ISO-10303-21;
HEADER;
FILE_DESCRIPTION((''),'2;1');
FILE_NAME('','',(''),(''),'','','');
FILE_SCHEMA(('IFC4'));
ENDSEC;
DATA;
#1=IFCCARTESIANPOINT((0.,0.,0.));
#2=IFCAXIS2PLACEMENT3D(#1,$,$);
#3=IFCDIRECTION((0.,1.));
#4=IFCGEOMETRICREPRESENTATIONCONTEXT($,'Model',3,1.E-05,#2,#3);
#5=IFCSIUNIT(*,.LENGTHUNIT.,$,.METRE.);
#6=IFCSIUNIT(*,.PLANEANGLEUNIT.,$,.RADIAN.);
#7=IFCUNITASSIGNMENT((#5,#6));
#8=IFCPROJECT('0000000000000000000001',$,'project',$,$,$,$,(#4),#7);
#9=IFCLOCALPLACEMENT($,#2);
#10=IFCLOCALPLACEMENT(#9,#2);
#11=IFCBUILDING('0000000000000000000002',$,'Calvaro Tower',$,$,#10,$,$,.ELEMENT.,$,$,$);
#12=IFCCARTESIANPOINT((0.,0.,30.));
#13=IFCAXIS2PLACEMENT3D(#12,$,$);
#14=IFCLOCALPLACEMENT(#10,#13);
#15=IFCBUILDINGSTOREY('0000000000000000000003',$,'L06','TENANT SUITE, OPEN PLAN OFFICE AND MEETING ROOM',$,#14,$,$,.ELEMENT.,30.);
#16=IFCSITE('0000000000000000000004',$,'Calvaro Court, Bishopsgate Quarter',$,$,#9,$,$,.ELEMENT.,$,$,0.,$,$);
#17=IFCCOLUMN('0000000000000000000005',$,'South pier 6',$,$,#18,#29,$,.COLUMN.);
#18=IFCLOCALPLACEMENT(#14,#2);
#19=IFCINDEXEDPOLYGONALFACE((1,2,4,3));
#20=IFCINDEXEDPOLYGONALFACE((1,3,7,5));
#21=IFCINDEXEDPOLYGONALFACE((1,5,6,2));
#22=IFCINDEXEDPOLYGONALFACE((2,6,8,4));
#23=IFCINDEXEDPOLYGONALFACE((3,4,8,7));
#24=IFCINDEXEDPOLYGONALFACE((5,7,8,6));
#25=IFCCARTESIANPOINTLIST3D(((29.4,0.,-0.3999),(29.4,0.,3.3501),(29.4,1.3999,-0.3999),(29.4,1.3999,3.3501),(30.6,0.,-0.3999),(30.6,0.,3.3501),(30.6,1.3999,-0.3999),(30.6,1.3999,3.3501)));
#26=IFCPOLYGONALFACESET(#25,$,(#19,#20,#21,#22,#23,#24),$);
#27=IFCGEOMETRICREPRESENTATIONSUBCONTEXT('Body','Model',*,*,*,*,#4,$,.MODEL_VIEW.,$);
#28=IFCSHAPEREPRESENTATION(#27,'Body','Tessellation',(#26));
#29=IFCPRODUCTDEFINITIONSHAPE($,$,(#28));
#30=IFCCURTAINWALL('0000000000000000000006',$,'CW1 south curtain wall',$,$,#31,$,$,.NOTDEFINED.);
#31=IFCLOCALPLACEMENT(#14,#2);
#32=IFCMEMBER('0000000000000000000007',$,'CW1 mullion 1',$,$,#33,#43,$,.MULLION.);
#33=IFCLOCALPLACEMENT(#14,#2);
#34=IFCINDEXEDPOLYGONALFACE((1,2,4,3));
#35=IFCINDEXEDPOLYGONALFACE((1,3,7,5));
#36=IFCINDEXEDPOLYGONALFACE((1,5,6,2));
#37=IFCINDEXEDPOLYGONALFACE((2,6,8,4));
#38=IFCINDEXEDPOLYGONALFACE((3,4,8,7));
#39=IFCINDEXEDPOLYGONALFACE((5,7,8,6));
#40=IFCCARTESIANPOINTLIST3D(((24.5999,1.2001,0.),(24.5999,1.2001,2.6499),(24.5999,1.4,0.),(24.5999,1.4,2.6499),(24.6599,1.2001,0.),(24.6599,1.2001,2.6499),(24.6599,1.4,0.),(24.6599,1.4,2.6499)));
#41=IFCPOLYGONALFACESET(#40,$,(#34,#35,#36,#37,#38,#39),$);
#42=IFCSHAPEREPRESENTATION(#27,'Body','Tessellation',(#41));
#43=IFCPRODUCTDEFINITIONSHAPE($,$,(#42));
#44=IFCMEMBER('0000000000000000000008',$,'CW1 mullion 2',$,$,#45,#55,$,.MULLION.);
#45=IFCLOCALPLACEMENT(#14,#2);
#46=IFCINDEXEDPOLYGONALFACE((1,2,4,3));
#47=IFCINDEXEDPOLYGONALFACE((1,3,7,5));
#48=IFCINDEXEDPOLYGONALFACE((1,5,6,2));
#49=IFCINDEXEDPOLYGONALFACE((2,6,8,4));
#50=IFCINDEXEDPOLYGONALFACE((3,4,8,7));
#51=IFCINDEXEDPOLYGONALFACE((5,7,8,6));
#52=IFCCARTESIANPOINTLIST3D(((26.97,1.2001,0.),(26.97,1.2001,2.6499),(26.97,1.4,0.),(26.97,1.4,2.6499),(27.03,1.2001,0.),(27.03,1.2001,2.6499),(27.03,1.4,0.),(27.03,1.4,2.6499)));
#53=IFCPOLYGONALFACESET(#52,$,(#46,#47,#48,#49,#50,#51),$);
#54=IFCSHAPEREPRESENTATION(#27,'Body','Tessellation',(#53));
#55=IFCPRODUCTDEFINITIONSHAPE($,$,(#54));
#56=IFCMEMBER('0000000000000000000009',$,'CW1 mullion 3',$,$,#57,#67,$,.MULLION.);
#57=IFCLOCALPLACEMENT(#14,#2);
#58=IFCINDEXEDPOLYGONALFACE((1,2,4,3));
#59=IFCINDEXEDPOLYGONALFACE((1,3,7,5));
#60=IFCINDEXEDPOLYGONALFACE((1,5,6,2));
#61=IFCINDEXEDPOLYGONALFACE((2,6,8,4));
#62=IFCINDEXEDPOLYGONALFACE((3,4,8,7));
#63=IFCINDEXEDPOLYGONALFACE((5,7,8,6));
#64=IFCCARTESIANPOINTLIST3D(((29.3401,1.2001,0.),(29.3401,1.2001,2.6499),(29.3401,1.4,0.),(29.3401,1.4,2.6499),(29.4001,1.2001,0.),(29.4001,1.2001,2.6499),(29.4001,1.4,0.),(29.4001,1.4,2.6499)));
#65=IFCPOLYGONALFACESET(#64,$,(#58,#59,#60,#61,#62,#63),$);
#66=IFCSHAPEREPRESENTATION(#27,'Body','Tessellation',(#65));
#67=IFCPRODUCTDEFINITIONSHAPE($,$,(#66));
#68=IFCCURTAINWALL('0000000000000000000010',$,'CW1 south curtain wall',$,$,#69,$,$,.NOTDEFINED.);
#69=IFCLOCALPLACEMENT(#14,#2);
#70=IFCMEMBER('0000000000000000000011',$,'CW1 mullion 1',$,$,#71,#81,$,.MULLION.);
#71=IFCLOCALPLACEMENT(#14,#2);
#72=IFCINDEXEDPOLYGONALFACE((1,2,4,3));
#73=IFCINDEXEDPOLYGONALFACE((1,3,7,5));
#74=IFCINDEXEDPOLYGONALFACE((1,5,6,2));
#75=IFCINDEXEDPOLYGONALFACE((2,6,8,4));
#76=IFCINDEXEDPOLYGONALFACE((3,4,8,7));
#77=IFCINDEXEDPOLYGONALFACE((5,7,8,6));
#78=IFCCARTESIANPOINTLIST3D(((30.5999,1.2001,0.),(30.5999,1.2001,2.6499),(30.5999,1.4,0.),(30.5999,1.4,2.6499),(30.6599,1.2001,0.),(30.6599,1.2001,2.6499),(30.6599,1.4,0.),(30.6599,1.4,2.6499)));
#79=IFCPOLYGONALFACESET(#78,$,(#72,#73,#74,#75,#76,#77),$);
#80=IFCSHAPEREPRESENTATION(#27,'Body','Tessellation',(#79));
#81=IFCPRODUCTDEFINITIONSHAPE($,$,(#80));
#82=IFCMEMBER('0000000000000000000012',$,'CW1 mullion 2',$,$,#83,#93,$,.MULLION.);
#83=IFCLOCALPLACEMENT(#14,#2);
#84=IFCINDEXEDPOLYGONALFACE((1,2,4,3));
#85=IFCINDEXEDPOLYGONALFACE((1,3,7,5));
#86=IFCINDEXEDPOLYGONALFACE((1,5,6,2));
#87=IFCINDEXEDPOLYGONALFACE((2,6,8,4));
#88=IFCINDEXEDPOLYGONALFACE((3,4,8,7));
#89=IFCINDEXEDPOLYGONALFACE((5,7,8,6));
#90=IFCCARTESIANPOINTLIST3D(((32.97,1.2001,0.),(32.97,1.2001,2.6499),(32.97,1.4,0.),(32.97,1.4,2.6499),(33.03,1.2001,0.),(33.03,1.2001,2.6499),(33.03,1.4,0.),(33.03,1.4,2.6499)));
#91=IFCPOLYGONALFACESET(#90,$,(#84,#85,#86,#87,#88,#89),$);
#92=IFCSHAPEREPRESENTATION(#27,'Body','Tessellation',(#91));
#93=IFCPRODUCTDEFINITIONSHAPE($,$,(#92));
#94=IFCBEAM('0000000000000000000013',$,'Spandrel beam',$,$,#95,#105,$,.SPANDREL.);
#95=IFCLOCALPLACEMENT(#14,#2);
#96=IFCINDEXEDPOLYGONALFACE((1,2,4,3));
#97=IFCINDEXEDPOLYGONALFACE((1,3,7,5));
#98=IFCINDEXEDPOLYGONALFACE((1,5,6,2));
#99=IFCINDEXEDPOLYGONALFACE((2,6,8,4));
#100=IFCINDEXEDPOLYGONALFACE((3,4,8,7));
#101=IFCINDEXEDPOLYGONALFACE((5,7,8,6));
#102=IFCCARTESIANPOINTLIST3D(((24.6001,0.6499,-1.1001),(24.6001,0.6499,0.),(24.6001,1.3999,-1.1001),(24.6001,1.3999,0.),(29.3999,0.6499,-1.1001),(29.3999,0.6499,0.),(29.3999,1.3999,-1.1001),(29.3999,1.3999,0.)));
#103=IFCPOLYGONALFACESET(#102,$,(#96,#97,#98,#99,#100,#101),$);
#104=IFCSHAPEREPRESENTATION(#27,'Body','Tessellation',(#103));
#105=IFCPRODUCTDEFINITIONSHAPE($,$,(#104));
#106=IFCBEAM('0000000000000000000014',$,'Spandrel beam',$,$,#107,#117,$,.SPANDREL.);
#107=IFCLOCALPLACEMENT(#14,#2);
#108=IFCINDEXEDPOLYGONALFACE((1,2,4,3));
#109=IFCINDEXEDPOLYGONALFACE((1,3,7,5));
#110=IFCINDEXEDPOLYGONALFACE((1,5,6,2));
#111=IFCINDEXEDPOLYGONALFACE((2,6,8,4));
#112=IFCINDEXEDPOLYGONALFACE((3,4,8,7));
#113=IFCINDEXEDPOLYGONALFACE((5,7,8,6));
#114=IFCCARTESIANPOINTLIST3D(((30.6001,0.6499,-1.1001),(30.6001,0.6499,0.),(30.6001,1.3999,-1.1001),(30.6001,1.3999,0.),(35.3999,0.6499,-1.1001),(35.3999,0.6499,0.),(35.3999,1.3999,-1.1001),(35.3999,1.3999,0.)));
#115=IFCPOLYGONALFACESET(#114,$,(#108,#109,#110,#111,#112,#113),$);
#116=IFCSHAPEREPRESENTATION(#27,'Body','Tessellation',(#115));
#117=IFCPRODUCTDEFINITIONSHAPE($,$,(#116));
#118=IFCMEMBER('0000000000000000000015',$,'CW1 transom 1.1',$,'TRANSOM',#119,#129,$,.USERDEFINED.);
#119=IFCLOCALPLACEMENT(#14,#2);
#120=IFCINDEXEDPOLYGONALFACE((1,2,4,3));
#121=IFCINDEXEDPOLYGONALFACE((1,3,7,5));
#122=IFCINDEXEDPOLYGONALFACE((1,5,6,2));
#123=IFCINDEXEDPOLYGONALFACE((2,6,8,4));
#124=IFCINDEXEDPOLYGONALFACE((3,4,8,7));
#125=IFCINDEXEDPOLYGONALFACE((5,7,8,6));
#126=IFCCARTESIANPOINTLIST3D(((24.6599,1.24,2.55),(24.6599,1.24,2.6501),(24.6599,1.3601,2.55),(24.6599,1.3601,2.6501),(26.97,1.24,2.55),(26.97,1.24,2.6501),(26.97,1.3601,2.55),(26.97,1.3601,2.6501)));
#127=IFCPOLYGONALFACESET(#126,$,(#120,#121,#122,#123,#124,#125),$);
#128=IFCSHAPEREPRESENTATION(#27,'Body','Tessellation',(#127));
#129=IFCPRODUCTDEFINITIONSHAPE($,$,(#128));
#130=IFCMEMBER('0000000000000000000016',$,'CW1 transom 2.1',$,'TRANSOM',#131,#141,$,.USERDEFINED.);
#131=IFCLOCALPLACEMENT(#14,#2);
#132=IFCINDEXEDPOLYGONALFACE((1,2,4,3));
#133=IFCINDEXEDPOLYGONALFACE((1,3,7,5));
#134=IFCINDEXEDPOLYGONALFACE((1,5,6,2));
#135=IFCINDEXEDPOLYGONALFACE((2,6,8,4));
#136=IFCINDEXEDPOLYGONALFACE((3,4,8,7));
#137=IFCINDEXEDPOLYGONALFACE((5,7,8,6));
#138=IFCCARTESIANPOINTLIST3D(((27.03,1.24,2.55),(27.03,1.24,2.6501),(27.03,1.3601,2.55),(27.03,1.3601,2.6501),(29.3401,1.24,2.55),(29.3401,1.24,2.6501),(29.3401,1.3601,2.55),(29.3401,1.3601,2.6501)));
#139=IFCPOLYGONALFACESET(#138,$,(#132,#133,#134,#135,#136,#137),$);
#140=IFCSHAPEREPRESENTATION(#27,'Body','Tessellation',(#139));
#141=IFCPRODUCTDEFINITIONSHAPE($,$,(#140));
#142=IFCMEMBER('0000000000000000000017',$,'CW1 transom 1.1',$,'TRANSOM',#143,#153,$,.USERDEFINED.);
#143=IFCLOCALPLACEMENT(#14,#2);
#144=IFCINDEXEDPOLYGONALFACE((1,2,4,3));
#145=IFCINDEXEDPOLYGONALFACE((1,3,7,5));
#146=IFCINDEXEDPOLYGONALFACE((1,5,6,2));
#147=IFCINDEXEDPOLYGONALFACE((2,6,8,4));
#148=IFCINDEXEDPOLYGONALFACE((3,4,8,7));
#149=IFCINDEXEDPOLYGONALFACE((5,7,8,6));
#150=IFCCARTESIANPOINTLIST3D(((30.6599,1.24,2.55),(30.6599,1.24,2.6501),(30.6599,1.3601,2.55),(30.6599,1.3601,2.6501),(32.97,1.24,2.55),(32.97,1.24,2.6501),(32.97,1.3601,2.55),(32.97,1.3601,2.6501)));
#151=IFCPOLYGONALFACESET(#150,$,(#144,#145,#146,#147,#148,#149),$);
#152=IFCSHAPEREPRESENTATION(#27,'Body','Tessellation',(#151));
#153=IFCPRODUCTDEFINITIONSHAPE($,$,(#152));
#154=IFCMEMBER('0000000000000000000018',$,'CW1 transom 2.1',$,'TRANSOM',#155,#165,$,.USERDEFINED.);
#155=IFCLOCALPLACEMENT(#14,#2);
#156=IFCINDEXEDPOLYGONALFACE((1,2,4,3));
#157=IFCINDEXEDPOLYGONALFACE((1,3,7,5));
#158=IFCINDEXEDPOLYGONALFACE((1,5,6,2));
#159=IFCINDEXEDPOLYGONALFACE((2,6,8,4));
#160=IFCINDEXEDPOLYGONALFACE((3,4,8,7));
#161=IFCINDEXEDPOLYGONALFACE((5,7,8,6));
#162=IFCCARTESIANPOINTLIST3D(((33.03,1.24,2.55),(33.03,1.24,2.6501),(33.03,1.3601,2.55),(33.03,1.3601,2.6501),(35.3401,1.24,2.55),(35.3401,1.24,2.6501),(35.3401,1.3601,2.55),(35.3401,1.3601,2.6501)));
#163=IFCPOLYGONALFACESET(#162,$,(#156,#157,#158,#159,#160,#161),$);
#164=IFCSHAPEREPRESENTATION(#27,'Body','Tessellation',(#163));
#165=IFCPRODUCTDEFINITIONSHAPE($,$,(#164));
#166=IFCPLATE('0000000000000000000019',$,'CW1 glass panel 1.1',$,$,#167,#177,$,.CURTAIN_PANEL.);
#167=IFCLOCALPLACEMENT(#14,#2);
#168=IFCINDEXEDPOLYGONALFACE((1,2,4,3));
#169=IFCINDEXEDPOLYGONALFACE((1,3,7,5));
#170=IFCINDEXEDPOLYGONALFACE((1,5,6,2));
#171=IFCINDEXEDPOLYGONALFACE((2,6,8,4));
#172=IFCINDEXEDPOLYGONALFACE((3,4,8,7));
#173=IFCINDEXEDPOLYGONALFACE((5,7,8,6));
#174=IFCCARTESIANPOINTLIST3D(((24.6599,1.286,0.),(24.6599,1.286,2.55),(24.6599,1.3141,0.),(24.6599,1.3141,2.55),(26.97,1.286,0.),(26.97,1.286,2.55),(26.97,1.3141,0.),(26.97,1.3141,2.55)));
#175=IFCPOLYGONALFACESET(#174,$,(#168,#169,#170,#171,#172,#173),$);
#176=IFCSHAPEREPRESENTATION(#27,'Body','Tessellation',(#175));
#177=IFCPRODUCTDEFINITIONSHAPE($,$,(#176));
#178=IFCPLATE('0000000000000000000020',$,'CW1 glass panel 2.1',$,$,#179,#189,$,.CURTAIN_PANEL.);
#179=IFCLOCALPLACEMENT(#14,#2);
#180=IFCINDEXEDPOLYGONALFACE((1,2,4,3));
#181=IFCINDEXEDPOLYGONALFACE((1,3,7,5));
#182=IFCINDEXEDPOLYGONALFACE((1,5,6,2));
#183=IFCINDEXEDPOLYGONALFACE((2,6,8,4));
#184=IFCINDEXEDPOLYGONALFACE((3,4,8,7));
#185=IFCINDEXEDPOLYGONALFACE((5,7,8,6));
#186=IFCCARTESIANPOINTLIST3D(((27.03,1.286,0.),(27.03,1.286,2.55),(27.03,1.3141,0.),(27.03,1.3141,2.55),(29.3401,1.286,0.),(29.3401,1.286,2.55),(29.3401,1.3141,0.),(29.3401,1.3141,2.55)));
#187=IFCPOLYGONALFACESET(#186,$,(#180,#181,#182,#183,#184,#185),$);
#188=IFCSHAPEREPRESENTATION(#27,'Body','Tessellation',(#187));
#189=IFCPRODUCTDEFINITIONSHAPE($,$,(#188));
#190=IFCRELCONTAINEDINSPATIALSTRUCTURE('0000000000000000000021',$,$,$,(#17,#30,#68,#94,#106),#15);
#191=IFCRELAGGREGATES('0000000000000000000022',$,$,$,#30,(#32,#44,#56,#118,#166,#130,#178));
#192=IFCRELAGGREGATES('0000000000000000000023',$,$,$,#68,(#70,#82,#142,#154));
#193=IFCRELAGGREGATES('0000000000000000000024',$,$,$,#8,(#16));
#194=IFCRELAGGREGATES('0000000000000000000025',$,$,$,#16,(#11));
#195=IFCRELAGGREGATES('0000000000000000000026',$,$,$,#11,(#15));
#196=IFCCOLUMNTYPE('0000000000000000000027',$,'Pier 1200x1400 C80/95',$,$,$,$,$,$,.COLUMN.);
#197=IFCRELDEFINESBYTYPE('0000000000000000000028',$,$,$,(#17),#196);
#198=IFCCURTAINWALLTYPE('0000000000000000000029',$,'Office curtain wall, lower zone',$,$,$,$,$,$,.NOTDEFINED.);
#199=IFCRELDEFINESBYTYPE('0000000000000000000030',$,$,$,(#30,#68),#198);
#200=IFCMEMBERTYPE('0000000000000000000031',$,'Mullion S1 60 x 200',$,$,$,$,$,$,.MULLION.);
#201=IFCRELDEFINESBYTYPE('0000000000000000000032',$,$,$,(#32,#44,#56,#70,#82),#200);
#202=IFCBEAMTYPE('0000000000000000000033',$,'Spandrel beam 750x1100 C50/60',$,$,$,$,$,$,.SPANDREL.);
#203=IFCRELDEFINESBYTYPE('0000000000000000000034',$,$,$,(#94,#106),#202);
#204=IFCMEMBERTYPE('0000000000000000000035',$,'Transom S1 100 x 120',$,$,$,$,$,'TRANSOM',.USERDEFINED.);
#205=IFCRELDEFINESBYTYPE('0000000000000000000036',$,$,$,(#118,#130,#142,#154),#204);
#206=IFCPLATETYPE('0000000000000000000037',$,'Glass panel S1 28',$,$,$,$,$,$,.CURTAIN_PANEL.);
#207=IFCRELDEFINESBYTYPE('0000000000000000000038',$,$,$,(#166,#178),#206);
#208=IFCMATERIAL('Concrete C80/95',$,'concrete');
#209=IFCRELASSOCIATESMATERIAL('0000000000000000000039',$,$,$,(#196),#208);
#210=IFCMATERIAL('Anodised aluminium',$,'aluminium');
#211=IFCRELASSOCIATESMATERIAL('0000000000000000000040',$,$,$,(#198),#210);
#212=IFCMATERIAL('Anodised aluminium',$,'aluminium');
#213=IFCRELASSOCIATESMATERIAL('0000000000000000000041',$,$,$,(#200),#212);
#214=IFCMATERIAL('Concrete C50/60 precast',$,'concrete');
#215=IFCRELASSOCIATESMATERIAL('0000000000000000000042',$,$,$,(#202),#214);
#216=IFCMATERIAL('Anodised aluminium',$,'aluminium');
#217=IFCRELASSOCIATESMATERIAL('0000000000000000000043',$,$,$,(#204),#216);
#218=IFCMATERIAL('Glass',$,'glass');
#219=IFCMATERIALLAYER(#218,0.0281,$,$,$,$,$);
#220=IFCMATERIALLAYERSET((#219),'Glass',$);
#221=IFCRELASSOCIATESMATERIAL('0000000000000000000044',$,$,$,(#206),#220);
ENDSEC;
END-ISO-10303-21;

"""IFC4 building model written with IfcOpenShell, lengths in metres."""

from ifc_helpers import new_model, si_unit, direction, frame, origin, origin_2d, place, context, subcontext, project, spatial, rectangle, extrude, material, layer, layer_set, material_profile, profile_set, type_object, element, aggregate, save


model = new_model("IFC4")

# Units and contexts
model_context = context("Model", 3, precision=1e-05, world=origin(), true_north=direction((0.0, 1.0)))
body_context = subcontext(model_context, "Body", "Model", "MODEL_VIEW")
ifc_project = project(units=[si_unit("LENGTHUNIT", "METRE"), si_unit("PLANEANGLEUNIT", "RADIAN")], contexts=[model_context])

# Site, building, storey
site_placement = place(None, origin())
site = spatial("IfcSite", under=ifc_project, at=site_placement, Name="Calvaro Court, Bishopsgate Quarter", CompositionType="ELEMENT", RefElevation=0.0)
building_placement = place(site_placement, origin())
building = spatial("IfcBuilding", under=site, at=building_placement, Name="Calvaro Tower", CompositionType="ELEMENT")
storey_placement = place(building_placement, frame((0.0, 0.0, 30.0)))
storey = spatial("IfcBuildingStorey", under=building, at=storey_placement, Name="L06", Description="TENANT SUITE, OPEN PLAN OFFICE AND MEETING ROOM", CompositionType="ELEMENT", Elevation=30.0)

# Column
ifc_material_1 = material(Name="Concrete C80/95", Category="concrete")
ifc_material_profile_1 = material_profile(ifc_material_1, rectangle(XDim=1.2, YDim=1.3999, at=origin_2d()), Name="RC 1200x1400")
ifc_profile_set_1 = profile_set([ifc_material_profile_1], Name="Concrete C80/95")
column_type = type_object("IfcColumnType", Name="Pier 1200x1400 C80/95", PredefinedType="COLUMN", material=ifc_profile_set_1)
column_placement = place(storey_placement, frame((30.0, 0.7, -0.3999), z_axis=(0.0, 0.0, 1.0), x_axis=(1.0, 0.0, 0.0)))
element("IfcColumn", 1, at=column_placement, inside=storey, type_object=column_type, Name="South pier 6", PredefinedType="COLUMN", context=body_context, shape_type="SweptSolid", body=[
    extrude(rectangle(XDim=1.2, YDim=1.3999, at=origin_2d()), origin(), (0.0, 0.0, 1.0), 3.75),
])

# Curtain walls, members
ifc_material_2 = material(Name="Anodised aluminium", Category="aluminium")
curtain_wall_type = type_object("IfcCurtainWallType", Name="Office curtain wall, lower zone", PredefinedType="NOTDEFINED", material=ifc_material_2)
curtain_wall_1_placement = place(storey_placement, origin())
curtain_wall_1 = element("IfcCurtainWall", 2, at=curtain_wall_1_placement, inside=storey, type_object=curtain_wall_type, Name="CW1 south curtain wall", PredefinedType="NOTDEFINED")
ifc_material_3 = material(Name="Anodised aluminium", Category="aluminium")
ifc_material_profile_2 = material_profile(ifc_material_3, rectangle(XDim=0.2, YDim=0.0601, at=origin_2d()), Name="Mullion S1 60 x 200")
ifc_profile_set_2 = profile_set([ifc_material_profile_2], Name="Anodised aluminium")
member_type_1 = type_object("IfcMemberType", Name="Mullion S1 60 x 200", PredefinedType="MULLION", material=ifc_profile_set_2)
member_1_placement = place(storey_placement, frame((24.6299, 1.3, 0.0), z_axis=(0.0, 0.0, 1.0), x_axis=(0.0, 1.0, 0.0)))
member_1 = element("IfcMember", 3, at=member_1_placement, type_object=member_type_1, Name="CW1 mullion 1", PredefinedType="MULLION", context=body_context, shape_type="SweptSolid", body=[
    extrude(rectangle(XDim=0.2, YDim=0.0601, at=origin_2d()), origin(), (0.0, 0.0, 1.0), 2.6499),
])
member_2_placement = place(storey_placement, frame((27.0, 1.3, 0.0), z_axis=(0.0, 0.0, 1.0), x_axis=(0.0, 1.0, 0.0)))
member_2 = element("IfcMember", 4, at=member_2_placement, type_object=member_type_1, Name="CW1 mullion 2", PredefinedType="MULLION", context=body_context, shape_type="SweptSolid", body=[
    extrude(rectangle(XDim=0.2, YDim=0.0601, at=origin_2d()), origin(), (0.0, 0.0, 1.0), 2.6499),
])
member_3_placement = place(storey_placement, frame((29.3701, 1.3, 0.0), z_axis=(0.0, 0.0, 1.0), x_axis=(0.0, 1.0, 0.0)))
member_3 = element("IfcMember", 5, at=member_3_placement, type_object=member_type_1, Name="CW1 mullion 3", PredefinedType="MULLION", context=body_context, shape_type="SweptSolid", body=[
    extrude(rectangle(XDim=0.2, YDim=0.0601, at=origin_2d()), origin(), (0.0, 0.0, 1.0), 2.6499),
])
curtain_wall_2_placement = place(storey_placement, origin())
curtain_wall_2 = element("IfcCurtainWall", 6, at=curtain_wall_2_placement, inside=storey, type_object=curtain_wall_type, Name="CW1 south curtain wall", PredefinedType="NOTDEFINED")
member_4_placement = place(storey_placement, frame((30.6299, 1.3, 0.0), z_axis=(0.0, 0.0, 1.0), x_axis=(0.0, 1.0, 0.0)))
member_4 = element("IfcMember", 7, at=member_4_placement, type_object=member_type_1, Name="CW1 mullion 1", PredefinedType="MULLION", context=body_context, shape_type="SweptSolid", body=[
    extrude(rectangle(XDim=0.2, YDim=0.0601, at=origin_2d()), origin(), (0.0, 0.0, 1.0), 2.6499),
])
member_5_placement = place(storey_placement, frame((33.0, 1.3, 0.0), z_axis=(0.0, 0.0, 1.0), x_axis=(0.0, 1.0, 0.0)))
member_5 = element("IfcMember", 8, at=member_5_placement, type_object=member_type_1, Name="CW1 mullion 2", PredefinedType="MULLION", context=body_context, shape_type="SweptSolid", body=[
    extrude(rectangle(XDim=0.2, YDim=0.0601, at=origin_2d()), origin(), (0.0, 0.0, 1.0), 2.6499),
])

# Beams
ifc_material_4 = material(Name="Concrete C50/60 precast", Category="concrete")
ifc_material_profile_3 = material_profile(ifc_material_4, rectangle(XDim=0.75, YDim=1.1001, at=origin_2d()), Name="RC 750x1100")
ifc_profile_set_3 = profile_set([ifc_material_profile_3], Name="Concrete C50/60 precast")
beam_type = type_object("IfcBeamType", Name="Spandrel beam 750x1100 C50/60", PredefinedType="SPANDREL", material=ifc_profile_set_3)
for number, where, z_axis, x_axis, name in (
    (9, (24.6001, 1.0249, -0.55), (1.0, 0.0, 0.0), (0.0, 1.0, 0.0), "Spandrel beam"),
    (10, (30.6001, 1.0249, -0.55), (1.0, 0.0, 0.0), (0.0, 1.0, 0.0), "Spandrel beam"),
):
    element("IfcBeam", number, at=place(storey_placement, frame(where, z_axis=z_axis, x_axis=x_axis)), inside=storey, type_object=beam_type, Name=name, PredefinedType="SPANDREL", context=body_context, shape_type="SweptSolid", body=[
        extrude(rectangle(XDim=0.75, YDim=1.1001, at=origin_2d()), origin(), (0.0, 0.0, 1.0), 4.7998),
    ])

# Members
ifc_material_5 = material(Name="Anodised aluminium", Category="aluminium")
ifc_material_profile_4 = material_profile(ifc_material_5, rectangle(XDim=0.1201, YDim=0.1001, at=origin_2d()), Name="Transom S1 100 x 120")
ifc_profile_set_4 = profile_set([ifc_material_profile_4], Name="Anodised aluminium")
member_type_2 = type_object("IfcMemberType", Name="Transom S1 100 x 120", ElementType="TRANSOM", PredefinedType="USERDEFINED", material=ifc_profile_set_4)
member_6_placement = place(storey_placement, frame((24.6599, 1.3, 2.6001), z_axis=(1.0, 0.0, 0.0), x_axis=(0.0, 1.0, 0.0)))
member_6 = element("IfcMember", 11, at=member_6_placement, type_object=member_type_2, Name="CW1 transom 1.1", ObjectType="TRANSOM", PredefinedType="USERDEFINED", context=body_context, shape_type="SweptSolid", body=[
    extrude(rectangle(XDim=0.1201, YDim=0.1001, at=origin_2d()), origin(), (0.0, 0.0, 1.0), 2.3101),
])
member_7_placement = place(storey_placement, frame((27.03, 1.3, 2.6001), z_axis=(1.0, 0.0, 0.0), x_axis=(0.0, 1.0, 0.0)))
member_7 = element("IfcMember", 12, at=member_7_placement, type_object=member_type_2, Name="CW1 transom 2.1", ObjectType="TRANSOM", PredefinedType="USERDEFINED", context=body_context, shape_type="SweptSolid", body=[
    extrude(rectangle(XDim=0.1201, YDim=0.1001, at=origin_2d()), origin(), (0.0, 0.0, 1.0), 2.3101),
])
member_8_placement = place(storey_placement, frame((30.6599, 1.3, 2.6001), z_axis=(1.0, 0.0, 0.0), x_axis=(0.0, 1.0, 0.0)))
member_8 = element("IfcMember", 13, at=member_8_placement, type_object=member_type_2, Name="CW1 transom 1.1", ObjectType="TRANSOM", PredefinedType="USERDEFINED", context=body_context, shape_type="SweptSolid", body=[
    extrude(rectangle(XDim=0.1201, YDim=0.1001, at=origin_2d()), origin(), (0.0, 0.0, 1.0), 2.3101),
])
member_9_placement = place(storey_placement, frame((33.03, 1.3, 2.6001), z_axis=(1.0, 0.0, 0.0), x_axis=(0.0, 1.0, 0.0)))
member_9 = element("IfcMember", 14, at=member_9_placement, type_object=member_type_2, Name="CW1 transom 2.1", ObjectType="TRANSOM", PredefinedType="USERDEFINED", context=body_context, shape_type="SweptSolid", body=[
    extrude(rectangle(XDim=0.1201, YDim=0.1001, at=origin_2d()), origin(), (0.0, 0.0, 1.0), 2.3101),
])

# Plates
ifc_material_6 = material(Name="Glass", Category="glass")
ifc_layer_1 = layer(ifc_material_6, 0.0281)
ifc_layer_set_1 = layer_set([ifc_layer_1], Name="Glass")
plate_type = type_object("IfcPlateType", Name="Glass panel S1 28", PredefinedType="CURTAIN_PANEL", material=ifc_layer_set_1)
plate_1_placement = place(storey_placement, frame((25.8149, 1.3, 0.0), z_axis=(0.0, 0.0, 1.0), x_axis=(1.0, 0.0, 0.0)))
plate_1 = element("IfcPlate", 15, at=plate_1_placement, type_object=plate_type, Name="CW1 glass panel 1.1", PredefinedType="CURTAIN_PANEL", context=body_context, shape_type="SweptSolid", body=[
    extrude(rectangle(XDim=2.3101, YDim=0.0281, at=origin_2d()), origin(), (0.0, 0.0, 1.0), 2.55),
])
plate_2_placement = place(storey_placement, frame((28.1851, 1.3, 0.0), z_axis=(0.0, 0.0, 1.0), x_axis=(1.0, 0.0, 0.0)))
plate_2 = element("IfcPlate", 16, at=plate_2_placement, type_object=plate_type, Name="CW1 glass panel 2.1", PredefinedType="CURTAIN_PANEL", context=body_context, shape_type="SweptSolid", body=[
    extrude(rectangle(XDim=2.3101, YDim=0.0281, at=origin_2d()), origin(), (0.0, 0.0, 1.0), 2.55),
])
aggregate(curtain_wall_1, [member_1, member_2, member_3, member_6, plate_1, member_7, plate_2])
aggregate(curtain_wall_2, [member_4, member_5, member_8, member_9])

save(model, "model.ifc")
